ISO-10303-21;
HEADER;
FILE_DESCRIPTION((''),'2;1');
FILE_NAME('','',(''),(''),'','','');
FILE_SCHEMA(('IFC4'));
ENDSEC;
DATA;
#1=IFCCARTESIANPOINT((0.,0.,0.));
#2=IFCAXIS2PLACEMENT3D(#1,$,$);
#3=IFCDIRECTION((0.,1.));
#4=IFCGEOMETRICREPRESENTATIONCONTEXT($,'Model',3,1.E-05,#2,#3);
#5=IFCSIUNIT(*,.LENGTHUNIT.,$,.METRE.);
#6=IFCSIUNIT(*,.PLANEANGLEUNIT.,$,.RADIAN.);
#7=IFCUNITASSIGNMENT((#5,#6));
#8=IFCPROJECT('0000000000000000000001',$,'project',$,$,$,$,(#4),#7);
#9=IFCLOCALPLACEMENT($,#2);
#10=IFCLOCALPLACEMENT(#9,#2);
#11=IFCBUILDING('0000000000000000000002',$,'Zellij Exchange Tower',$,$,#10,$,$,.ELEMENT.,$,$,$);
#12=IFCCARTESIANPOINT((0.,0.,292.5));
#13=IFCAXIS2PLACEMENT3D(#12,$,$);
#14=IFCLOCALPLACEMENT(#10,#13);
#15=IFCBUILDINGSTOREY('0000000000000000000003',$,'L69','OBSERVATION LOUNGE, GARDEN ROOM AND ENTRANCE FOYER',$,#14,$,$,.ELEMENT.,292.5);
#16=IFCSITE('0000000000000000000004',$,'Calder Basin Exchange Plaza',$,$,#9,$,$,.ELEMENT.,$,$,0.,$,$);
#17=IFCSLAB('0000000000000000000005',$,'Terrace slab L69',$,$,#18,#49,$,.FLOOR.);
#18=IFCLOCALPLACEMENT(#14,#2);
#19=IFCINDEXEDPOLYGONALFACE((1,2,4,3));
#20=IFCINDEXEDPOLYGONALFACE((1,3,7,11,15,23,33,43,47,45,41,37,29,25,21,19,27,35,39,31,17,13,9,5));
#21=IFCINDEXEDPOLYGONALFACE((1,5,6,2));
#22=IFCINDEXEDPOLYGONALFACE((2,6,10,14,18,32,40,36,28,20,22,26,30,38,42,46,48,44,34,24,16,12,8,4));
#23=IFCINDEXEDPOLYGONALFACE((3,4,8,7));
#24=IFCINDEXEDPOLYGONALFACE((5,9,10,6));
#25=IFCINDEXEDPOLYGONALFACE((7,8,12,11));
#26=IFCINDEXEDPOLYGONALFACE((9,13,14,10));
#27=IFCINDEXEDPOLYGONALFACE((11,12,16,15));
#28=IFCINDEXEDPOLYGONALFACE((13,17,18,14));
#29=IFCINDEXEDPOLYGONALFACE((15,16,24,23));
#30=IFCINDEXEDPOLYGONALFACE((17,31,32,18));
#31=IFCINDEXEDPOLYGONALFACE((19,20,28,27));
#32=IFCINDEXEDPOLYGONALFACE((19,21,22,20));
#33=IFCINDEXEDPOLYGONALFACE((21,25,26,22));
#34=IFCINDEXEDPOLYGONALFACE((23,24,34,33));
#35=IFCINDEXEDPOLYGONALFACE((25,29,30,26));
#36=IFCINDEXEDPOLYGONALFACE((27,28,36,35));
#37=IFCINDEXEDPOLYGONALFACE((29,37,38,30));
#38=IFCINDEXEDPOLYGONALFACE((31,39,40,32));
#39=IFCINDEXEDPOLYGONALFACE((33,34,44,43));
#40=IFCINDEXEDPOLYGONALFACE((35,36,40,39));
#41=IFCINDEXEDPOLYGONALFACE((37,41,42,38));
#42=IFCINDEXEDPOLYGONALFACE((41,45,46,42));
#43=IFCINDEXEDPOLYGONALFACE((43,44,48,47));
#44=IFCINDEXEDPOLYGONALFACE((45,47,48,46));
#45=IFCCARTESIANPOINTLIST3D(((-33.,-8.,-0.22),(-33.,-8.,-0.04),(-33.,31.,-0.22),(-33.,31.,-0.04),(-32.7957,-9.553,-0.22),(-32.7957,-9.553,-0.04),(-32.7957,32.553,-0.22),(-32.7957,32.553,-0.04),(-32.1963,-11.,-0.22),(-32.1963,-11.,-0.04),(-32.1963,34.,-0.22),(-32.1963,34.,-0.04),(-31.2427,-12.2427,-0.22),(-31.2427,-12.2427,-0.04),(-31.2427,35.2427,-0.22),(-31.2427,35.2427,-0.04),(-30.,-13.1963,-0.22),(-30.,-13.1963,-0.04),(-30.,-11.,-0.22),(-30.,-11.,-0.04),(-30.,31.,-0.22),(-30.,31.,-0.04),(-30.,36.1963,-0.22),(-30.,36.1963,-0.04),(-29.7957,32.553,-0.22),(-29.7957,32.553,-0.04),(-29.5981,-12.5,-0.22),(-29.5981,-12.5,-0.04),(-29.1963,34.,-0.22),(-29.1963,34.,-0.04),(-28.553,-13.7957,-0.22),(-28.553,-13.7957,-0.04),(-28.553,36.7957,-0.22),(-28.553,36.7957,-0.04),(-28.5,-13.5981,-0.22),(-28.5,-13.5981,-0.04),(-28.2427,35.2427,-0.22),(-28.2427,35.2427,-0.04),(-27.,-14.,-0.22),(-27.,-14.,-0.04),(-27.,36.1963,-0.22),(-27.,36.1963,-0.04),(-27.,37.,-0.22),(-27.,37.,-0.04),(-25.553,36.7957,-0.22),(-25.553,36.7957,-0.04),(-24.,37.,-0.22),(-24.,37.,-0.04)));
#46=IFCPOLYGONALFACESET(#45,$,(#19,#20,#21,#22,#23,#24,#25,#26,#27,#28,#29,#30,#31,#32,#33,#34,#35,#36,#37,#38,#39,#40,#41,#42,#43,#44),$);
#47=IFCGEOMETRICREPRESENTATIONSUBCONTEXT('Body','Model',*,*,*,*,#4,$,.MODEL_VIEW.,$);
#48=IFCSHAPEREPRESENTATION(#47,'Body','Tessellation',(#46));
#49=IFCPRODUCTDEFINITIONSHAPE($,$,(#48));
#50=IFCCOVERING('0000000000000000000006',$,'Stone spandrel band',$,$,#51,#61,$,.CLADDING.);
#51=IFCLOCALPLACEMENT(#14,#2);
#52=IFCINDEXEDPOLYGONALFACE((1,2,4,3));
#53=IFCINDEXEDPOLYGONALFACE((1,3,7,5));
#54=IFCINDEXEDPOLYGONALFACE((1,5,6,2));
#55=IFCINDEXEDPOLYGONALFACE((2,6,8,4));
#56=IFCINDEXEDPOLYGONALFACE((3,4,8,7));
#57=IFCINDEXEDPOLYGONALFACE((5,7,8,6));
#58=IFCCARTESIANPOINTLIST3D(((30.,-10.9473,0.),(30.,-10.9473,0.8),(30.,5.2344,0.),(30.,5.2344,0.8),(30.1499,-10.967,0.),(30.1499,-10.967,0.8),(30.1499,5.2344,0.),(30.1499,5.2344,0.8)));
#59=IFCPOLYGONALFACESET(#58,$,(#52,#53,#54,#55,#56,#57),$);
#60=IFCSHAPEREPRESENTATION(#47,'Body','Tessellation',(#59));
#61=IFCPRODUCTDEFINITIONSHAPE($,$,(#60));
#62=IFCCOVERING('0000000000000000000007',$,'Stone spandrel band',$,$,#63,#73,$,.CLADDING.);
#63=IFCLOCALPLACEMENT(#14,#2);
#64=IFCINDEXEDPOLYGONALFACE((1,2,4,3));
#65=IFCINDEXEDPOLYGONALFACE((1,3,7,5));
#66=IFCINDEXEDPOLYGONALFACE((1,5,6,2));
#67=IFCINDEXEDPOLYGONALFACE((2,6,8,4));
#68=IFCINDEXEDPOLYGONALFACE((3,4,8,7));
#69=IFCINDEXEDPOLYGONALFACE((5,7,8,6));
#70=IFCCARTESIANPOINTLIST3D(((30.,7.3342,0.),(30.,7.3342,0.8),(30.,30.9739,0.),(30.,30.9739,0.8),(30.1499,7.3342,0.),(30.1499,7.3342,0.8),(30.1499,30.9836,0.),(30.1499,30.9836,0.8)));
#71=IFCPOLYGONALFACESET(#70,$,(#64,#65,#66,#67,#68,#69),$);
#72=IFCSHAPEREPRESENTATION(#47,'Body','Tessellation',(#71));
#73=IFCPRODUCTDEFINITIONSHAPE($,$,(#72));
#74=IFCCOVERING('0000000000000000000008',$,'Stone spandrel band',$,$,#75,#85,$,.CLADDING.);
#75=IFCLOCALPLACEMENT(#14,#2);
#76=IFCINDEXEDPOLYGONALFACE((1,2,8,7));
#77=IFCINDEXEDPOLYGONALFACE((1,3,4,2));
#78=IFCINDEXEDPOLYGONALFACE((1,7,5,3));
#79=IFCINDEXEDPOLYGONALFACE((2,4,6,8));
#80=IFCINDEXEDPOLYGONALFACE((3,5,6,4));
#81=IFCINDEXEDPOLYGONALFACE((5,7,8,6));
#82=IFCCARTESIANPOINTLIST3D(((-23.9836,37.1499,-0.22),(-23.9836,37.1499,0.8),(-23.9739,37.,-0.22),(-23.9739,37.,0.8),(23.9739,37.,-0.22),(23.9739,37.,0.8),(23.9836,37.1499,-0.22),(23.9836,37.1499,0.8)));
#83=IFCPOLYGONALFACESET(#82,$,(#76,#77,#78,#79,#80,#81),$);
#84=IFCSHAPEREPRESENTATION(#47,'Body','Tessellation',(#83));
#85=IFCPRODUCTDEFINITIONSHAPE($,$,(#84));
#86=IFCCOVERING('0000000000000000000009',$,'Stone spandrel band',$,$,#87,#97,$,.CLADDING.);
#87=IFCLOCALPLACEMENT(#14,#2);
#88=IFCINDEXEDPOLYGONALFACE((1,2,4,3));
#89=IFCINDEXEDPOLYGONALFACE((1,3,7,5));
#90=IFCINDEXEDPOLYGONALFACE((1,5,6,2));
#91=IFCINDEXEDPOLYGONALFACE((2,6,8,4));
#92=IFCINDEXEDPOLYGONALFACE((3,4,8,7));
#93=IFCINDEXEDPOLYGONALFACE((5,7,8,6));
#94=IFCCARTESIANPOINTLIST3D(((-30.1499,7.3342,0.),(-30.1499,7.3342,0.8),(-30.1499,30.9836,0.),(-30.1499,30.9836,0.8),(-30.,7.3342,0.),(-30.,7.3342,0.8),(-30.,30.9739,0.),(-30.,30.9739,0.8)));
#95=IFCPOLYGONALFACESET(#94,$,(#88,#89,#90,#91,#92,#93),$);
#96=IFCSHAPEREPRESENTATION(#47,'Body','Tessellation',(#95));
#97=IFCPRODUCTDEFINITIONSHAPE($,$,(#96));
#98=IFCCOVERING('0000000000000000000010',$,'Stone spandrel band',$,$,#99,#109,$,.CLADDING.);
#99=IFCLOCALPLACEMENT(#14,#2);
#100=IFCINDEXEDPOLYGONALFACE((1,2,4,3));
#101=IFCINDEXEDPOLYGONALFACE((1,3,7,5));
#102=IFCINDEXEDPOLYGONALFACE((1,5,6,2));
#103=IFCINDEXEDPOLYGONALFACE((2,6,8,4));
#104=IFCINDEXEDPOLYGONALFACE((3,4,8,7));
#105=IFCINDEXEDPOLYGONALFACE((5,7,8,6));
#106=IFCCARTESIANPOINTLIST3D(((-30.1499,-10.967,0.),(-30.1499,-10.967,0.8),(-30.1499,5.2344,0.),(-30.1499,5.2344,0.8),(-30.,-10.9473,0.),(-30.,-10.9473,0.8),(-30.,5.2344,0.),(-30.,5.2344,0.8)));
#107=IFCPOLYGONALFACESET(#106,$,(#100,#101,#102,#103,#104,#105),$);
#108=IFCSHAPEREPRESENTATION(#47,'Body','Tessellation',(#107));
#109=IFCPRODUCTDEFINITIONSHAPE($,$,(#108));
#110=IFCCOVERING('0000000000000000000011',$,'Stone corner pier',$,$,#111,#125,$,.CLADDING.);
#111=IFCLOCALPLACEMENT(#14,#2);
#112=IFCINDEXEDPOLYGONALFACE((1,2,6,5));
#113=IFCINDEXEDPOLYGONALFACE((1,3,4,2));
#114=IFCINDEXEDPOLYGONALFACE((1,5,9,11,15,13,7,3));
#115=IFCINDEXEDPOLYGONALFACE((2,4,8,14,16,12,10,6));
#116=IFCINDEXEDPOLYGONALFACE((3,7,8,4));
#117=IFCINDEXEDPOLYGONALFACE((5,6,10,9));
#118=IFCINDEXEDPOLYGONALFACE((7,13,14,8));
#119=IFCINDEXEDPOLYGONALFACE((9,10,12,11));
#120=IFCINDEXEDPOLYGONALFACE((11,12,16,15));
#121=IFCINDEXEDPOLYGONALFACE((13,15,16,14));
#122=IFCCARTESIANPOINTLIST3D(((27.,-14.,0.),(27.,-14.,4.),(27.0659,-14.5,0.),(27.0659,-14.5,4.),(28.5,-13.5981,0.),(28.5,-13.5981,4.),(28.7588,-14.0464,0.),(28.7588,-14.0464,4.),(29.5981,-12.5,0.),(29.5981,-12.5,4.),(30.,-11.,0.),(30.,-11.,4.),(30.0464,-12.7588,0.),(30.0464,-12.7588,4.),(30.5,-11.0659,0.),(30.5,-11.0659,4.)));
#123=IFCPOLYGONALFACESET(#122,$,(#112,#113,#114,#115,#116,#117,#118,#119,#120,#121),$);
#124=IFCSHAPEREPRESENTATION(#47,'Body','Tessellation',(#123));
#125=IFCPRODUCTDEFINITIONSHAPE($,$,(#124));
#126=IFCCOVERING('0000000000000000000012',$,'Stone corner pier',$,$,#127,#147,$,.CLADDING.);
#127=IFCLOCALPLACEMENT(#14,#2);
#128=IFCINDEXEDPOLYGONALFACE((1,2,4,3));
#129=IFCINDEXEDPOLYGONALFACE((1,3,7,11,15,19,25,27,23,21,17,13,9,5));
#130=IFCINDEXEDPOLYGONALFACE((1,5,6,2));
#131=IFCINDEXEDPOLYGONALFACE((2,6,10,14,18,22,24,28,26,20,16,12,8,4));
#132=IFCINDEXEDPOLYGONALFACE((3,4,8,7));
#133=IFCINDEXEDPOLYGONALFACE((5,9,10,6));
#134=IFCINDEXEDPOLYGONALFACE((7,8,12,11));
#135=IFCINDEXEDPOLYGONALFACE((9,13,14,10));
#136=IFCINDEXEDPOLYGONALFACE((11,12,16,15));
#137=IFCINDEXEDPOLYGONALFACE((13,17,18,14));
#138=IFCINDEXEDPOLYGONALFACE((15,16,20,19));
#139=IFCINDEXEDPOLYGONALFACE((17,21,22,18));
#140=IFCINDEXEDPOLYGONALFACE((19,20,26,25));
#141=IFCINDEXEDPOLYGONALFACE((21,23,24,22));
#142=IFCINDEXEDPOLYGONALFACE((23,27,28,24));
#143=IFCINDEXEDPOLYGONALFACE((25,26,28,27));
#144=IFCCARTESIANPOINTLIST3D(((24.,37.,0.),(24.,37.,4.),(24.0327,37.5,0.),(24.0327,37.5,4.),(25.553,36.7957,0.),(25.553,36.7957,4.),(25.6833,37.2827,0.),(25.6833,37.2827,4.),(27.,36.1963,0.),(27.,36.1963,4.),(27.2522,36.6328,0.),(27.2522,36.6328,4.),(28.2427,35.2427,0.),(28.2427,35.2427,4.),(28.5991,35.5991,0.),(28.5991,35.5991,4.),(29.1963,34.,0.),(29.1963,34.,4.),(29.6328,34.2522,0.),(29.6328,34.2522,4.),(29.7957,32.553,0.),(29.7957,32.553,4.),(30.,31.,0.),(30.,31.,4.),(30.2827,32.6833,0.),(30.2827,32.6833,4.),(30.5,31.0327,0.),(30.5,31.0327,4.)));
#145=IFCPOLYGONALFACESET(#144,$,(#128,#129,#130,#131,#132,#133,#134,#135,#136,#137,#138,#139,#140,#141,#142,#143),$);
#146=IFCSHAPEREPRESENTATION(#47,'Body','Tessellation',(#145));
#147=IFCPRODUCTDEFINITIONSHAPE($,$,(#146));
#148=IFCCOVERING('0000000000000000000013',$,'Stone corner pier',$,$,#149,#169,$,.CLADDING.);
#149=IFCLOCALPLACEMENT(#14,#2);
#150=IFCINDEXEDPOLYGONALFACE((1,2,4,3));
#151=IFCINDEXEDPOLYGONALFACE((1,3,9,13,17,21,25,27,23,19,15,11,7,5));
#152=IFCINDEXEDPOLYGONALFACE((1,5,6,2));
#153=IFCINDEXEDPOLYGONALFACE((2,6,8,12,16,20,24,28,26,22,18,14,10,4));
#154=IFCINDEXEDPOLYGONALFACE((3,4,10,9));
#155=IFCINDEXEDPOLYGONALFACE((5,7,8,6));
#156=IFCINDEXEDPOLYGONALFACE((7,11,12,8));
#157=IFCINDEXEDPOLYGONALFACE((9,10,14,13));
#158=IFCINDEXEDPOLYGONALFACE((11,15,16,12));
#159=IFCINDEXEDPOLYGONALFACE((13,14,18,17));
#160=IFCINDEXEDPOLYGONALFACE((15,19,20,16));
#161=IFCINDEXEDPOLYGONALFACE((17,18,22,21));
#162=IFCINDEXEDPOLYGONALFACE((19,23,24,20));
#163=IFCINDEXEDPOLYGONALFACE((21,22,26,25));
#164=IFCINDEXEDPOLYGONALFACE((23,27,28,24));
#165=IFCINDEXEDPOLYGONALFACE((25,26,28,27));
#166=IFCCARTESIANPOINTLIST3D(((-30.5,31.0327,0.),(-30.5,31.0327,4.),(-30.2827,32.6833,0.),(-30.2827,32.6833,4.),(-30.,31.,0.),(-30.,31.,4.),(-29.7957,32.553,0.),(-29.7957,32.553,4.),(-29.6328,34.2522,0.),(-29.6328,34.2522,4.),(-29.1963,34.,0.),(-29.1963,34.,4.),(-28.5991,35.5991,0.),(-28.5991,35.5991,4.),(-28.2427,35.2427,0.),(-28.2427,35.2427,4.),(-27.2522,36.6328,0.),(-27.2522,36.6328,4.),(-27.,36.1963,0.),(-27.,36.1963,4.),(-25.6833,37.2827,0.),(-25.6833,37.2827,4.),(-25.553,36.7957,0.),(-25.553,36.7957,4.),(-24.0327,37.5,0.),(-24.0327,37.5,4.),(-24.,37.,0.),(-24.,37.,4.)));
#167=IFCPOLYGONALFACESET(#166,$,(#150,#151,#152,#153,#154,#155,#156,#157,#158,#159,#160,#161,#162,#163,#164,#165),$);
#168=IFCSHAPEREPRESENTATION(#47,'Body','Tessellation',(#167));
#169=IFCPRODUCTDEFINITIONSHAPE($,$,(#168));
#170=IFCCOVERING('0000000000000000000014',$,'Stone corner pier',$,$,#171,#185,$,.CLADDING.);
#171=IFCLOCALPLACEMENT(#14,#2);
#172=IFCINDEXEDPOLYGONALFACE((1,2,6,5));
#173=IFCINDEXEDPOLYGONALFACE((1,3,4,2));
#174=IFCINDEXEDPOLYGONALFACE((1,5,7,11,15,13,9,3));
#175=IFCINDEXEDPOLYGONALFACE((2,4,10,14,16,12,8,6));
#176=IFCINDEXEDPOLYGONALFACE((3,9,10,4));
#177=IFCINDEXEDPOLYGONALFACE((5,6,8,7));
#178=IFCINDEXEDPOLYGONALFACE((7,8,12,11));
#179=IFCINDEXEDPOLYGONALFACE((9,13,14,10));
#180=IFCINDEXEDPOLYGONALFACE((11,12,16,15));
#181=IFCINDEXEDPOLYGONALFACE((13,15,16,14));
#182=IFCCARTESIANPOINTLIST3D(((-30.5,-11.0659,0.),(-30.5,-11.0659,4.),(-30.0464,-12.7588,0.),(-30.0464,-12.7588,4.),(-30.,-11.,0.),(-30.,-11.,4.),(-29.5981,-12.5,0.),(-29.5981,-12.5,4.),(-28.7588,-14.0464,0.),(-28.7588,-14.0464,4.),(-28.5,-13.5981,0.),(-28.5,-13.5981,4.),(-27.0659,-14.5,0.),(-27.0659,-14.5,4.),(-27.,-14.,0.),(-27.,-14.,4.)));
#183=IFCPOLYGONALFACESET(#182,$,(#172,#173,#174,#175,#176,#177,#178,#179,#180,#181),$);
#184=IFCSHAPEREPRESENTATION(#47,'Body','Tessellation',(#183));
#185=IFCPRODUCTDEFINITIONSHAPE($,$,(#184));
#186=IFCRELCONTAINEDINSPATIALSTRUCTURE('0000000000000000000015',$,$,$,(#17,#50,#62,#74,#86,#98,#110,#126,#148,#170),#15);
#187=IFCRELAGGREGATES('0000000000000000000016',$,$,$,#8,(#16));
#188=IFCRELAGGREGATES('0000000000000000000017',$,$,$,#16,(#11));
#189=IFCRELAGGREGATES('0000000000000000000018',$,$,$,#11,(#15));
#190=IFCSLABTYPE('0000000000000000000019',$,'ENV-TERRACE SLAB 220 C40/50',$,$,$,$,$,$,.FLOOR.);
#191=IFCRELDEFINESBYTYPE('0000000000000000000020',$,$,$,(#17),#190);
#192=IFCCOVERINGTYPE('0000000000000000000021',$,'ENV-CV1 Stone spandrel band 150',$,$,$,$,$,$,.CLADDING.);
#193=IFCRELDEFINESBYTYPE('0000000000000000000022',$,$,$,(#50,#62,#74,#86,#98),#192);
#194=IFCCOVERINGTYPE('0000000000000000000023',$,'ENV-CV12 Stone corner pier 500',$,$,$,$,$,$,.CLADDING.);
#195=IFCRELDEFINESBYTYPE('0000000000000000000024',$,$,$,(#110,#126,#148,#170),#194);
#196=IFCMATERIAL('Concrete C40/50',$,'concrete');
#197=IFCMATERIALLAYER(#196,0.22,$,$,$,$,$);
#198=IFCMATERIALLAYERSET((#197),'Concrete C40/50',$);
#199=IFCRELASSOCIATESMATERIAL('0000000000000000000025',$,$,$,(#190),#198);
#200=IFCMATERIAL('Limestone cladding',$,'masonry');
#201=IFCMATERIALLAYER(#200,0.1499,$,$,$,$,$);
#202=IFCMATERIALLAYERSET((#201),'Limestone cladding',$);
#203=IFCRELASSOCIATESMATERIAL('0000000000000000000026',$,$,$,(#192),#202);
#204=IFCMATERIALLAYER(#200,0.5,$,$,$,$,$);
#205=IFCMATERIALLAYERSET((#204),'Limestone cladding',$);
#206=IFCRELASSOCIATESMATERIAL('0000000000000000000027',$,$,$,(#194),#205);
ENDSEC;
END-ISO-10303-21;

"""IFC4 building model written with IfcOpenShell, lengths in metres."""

from ifc_helpers import new_model, si_unit, direction, frame, origin, place, context, subcontext, project, spatial, polyline, outline, extrude, material, layer, layer_set, type_object, element, save


model = new_model("IFC4")

# Units and contexts
model_context = context("Model", 3, precision=1e-05, world=origin(), true_north=direction((0.0, 1.0)))
body_context = subcontext(model_context, "Body", "Model", "MODEL_VIEW")
ifc_project = project(units=[si_unit("LENGTHUNIT", "METRE"), si_unit("PLANEANGLEUNIT", "RADIAN")], contexts=[model_context])

# Site, building, storey
site_placement = place(None, origin())
site = spatial("IfcSite", under=ifc_project, at=site_placement, Name="Calder Basin Exchange Plaza", CompositionType="ELEMENT", RefElevation=0.0)
building_placement = place(site_placement, origin())
building = spatial("IfcBuilding", under=site, at=building_placement, Name="Zellij Exchange Tower", CompositionType="ELEMENT")
storey_placement = place(building_placement, frame((0.0, 0.0, 292.5)))
storey = spatial("IfcBuildingStorey", under=building, at=storey_placement, Name="L69", Description="OBSERVATION LOUNGE, GARDEN ROOM AND ENTRANCE FOYER", CompositionType="ELEMENT", Elevation=292.5)

# Slab
ifc_material_1 = material(Name="Concrete C40/50", Category="concrete")
ifc_layer_1 = layer(ifc_material_1, 0.22)
ifc_layer_set_1 = layer_set([ifc_layer_1], Name="Concrete C40/50")
slab_type = type_object("IfcSlabType", Name="ENV-TERRACE SLAB 220 C40/50", PredefinedType="FLOOR", material=ifc_layer_set_1)
slab_placement = place(storey_placement, frame((0.0, 0.0, -0.22)))
element("IfcSlab", 1, at=slab_placement, inside=storey, type_object=slab_type, Name="Terrace slab L69", PredefinedType="FLOOR", context=body_context, shape_type="SweptSolid", body=[
    extrude(outline(polyline([(-27.0, -14.0), (-28.5, -13.5981), (-29.5981, -12.5), (-30.0, -11.0), (-30.0, 31.0), (-29.7957, 32.553), (-29.1963, 34.0), (-28.2427, 35.2427), (-27.0, 36.1963), (-25.553, 36.7957), (-24.0, 37.0), (-27.0, 37.0), (-28.553, 36.7957), (-30.0, 36.1963), (-31.2427, 35.2427), (-32.1963, 34.0), (-32.7957, 32.553), (-33.0, 31.0), (-33.0, -8.0), (-32.7957, -9.553), (-32.1963, -11.0), (-31.2427, -12.2427), (-30.0, -13.1963), (-28.553, -13.7957), (-27.0, -14.0)])), origin(), (0.0, 0.0, 1.0), 0.1799),
])

# Coverings
ifc_material_2 = material(Name="Limestone cladding", Category="masonry")
ifc_layer_2 = layer(ifc_material_2, 0.1499)
ifc_layer_set_2 = layer_set([ifc_layer_2], Name="Limestone cladding")
covering_type_1 = type_object("IfcCoveringType", Name="ENV-CV1 Stone spandrel band 150", PredefinedType="CLADDING", material=ifc_layer_set_2)
covering_1_placement = place(storey_placement, origin())
element("IfcCovering", 2, at=covering_1_placement, inside=storey, type_object=covering_type_1, Name="Stone spandrel band", PredefinedType="CLADDING", context=body_context, shape_type="SweptSolid", body=[
    extrude(outline(polyline([(30.0, -10.9473), (30.0, 5.2344), (30.1499, 5.2344), (30.1499, -10.967), (30.0, -10.9473)])), origin(), (0.0, 0.0, 1.0), 0.8),
])
covering_2_placement = place(storey_placement, origin())
element("IfcCovering", 3, at=covering_2_placement, inside=storey, type_object=covering_type_1, Name="Stone spandrel band", PredefinedType="CLADDING", context=body_context, shape_type="SweptSolid", body=[
    extrude(outline(polyline([(30.0, 7.3342), (30.0, 30.9739), (30.1499, 30.9836), (30.1499, 7.3342), (30.0, 7.3342)])), origin(), (0.0, 0.0, 1.0), 0.8),
])
covering_3_placement = place(storey_placement, frame((0.0, 0.0, -0.22)))
element("IfcCovering", 4, at=covering_3_placement, inside=storey, type_object=covering_type_1, Name="Stone spandrel band", PredefinedType="CLADDING", context=body_context, shape_type="SweptSolid", body=[
    extrude(outline(polyline([(23.9739, 37.0), (-23.9739, 37.0), (-23.9836, 37.1499), (23.9836, 37.1499), (23.9739, 37.0)])), origin(), (0.0, 0.0, 1.0), 1.02),
])
covering_4_placement = place(storey_placement, origin())
element("IfcCovering", 5, at=covering_4_placement, inside=storey, type_object=covering_type_1, Name="Stone spandrel band", PredefinedType="CLADDING", context=body_context, shape_type="SweptSolid", body=[
    extrude(outline(polyline([(-30.0, 30.9739), (-30.0, 7.3342), (-30.1499, 7.3342), (-30.1499, 30.9836), (-30.0, 30.9739)])), origin(), (0.0, 0.0, 1.0), 0.8),
])
covering_5_placement = place(storey_placement, origin())
element("IfcCovering", 6, at=covering_5_placement, inside=storey, type_object=covering_type_1, Name="Stone spandrel band", PredefinedType="CLADDING", context=body_context, shape_type="SweptSolid", body=[
    extrude(outline(polyline([(-30.0, 5.2344), (-30.0, -10.9473), (-30.1499, -10.967), (-30.1499, 5.2344), (-30.0, 5.2344)])), origin(), (0.0, 0.0, 1.0), 0.8),
])
ifc_layer_3 = layer(ifc_material_2, 0.5)
ifc_layer_set_3 = layer_set([ifc_layer_3], Name="Limestone cladding")
covering_type_2 = type_object("IfcCoveringType", Name="ENV-CV12 Stone corner pier 500", PredefinedType="CLADDING", material=ifc_layer_set_3)
covering_6_placement = place(storey_placement, origin())
element("IfcCovering", 7, at=covering_6_placement, inside=storey, type_object=covering_type_2, Name="Stone corner pier", PredefinedType="CLADDING", context=body_context, shape_type="SweptSolid", body=[
    extrude(outline(polyline([(27.0, -14.0), (28.5, -13.5981), (29.5981, -12.5), (30.0, -11.0), (30.5, -11.0659), (30.0464, -12.7588), (28.7588, -14.0464), (27.0659, -14.5), (27.0, -14.0)])), origin(), (0.0, 0.0, 1.0), 4.0),
])
covering_7_placement = place(storey_placement, origin())
element("IfcCovering", 8, at=covering_7_placement, inside=storey, type_object=covering_type_2, Name="Stone corner pier", PredefinedType="CLADDING", context=body_context, shape_type="SweptSolid", body=[
    extrude(outline(polyline([(30.0, 31.0), (29.7957, 32.553), (29.1963, 34.0), (28.2427, 35.2427), (27.0, 36.1963), (25.553, 36.7957), (24.0, 37.0), (24.0327, 37.5), (25.6833, 37.2827), (27.2522, 36.6328), (28.5991, 35.5991), (29.6328, 34.2522), (30.2827, 32.6833), (30.5, 31.0327), (30.0, 31.0)])), origin(), (0.0, 0.0, 1.0), 4.0),
])
covering_8_placement = place(storey_placement, origin())
element("IfcCovering", 9, at=covering_8_placement, inside=storey, type_object=covering_type_2, Name="Stone corner pier", PredefinedType="CLADDING", context=body_context, shape_type="SweptSolid", body=[
    extrude(outline(polyline([(-24.0, 37.0), (-25.553, 36.7957), (-27.0, 36.1963), (-28.2427, 35.2427), (-29.1963, 34.0), (-29.7957, 32.553), (-30.0, 31.0), (-30.5, 31.0327), (-30.2827, 32.6833), (-29.6328, 34.2522), (-28.5991, 35.5991), (-27.2522, 36.6328), (-25.6833, 37.2827), (-24.0327, 37.5), (-24.0, 37.0)])), origin(), (0.0, 0.0, 1.0), 4.0),
])
covering_9_placement = place(storey_placement, origin())
element("IfcCovering", 10, at=covering_9_placement, inside=storey, type_object=covering_type_2, Name="Stone corner pier", PredefinedType="CLADDING", context=body_context, shape_type="SweptSolid", body=[
    extrude(outline(polyline([(-30.0, -11.0), (-29.5981, -12.5), (-28.5, -13.5981), (-27.0, -14.0), (-27.0659, -14.5), (-28.7588, -14.0464), (-30.0464, -12.7588), (-30.5, -11.0659), (-30.0, -11.0)])), origin(), (0.0, 0.0, 1.0), 4.0),
])

save(model, "model.ifc")
